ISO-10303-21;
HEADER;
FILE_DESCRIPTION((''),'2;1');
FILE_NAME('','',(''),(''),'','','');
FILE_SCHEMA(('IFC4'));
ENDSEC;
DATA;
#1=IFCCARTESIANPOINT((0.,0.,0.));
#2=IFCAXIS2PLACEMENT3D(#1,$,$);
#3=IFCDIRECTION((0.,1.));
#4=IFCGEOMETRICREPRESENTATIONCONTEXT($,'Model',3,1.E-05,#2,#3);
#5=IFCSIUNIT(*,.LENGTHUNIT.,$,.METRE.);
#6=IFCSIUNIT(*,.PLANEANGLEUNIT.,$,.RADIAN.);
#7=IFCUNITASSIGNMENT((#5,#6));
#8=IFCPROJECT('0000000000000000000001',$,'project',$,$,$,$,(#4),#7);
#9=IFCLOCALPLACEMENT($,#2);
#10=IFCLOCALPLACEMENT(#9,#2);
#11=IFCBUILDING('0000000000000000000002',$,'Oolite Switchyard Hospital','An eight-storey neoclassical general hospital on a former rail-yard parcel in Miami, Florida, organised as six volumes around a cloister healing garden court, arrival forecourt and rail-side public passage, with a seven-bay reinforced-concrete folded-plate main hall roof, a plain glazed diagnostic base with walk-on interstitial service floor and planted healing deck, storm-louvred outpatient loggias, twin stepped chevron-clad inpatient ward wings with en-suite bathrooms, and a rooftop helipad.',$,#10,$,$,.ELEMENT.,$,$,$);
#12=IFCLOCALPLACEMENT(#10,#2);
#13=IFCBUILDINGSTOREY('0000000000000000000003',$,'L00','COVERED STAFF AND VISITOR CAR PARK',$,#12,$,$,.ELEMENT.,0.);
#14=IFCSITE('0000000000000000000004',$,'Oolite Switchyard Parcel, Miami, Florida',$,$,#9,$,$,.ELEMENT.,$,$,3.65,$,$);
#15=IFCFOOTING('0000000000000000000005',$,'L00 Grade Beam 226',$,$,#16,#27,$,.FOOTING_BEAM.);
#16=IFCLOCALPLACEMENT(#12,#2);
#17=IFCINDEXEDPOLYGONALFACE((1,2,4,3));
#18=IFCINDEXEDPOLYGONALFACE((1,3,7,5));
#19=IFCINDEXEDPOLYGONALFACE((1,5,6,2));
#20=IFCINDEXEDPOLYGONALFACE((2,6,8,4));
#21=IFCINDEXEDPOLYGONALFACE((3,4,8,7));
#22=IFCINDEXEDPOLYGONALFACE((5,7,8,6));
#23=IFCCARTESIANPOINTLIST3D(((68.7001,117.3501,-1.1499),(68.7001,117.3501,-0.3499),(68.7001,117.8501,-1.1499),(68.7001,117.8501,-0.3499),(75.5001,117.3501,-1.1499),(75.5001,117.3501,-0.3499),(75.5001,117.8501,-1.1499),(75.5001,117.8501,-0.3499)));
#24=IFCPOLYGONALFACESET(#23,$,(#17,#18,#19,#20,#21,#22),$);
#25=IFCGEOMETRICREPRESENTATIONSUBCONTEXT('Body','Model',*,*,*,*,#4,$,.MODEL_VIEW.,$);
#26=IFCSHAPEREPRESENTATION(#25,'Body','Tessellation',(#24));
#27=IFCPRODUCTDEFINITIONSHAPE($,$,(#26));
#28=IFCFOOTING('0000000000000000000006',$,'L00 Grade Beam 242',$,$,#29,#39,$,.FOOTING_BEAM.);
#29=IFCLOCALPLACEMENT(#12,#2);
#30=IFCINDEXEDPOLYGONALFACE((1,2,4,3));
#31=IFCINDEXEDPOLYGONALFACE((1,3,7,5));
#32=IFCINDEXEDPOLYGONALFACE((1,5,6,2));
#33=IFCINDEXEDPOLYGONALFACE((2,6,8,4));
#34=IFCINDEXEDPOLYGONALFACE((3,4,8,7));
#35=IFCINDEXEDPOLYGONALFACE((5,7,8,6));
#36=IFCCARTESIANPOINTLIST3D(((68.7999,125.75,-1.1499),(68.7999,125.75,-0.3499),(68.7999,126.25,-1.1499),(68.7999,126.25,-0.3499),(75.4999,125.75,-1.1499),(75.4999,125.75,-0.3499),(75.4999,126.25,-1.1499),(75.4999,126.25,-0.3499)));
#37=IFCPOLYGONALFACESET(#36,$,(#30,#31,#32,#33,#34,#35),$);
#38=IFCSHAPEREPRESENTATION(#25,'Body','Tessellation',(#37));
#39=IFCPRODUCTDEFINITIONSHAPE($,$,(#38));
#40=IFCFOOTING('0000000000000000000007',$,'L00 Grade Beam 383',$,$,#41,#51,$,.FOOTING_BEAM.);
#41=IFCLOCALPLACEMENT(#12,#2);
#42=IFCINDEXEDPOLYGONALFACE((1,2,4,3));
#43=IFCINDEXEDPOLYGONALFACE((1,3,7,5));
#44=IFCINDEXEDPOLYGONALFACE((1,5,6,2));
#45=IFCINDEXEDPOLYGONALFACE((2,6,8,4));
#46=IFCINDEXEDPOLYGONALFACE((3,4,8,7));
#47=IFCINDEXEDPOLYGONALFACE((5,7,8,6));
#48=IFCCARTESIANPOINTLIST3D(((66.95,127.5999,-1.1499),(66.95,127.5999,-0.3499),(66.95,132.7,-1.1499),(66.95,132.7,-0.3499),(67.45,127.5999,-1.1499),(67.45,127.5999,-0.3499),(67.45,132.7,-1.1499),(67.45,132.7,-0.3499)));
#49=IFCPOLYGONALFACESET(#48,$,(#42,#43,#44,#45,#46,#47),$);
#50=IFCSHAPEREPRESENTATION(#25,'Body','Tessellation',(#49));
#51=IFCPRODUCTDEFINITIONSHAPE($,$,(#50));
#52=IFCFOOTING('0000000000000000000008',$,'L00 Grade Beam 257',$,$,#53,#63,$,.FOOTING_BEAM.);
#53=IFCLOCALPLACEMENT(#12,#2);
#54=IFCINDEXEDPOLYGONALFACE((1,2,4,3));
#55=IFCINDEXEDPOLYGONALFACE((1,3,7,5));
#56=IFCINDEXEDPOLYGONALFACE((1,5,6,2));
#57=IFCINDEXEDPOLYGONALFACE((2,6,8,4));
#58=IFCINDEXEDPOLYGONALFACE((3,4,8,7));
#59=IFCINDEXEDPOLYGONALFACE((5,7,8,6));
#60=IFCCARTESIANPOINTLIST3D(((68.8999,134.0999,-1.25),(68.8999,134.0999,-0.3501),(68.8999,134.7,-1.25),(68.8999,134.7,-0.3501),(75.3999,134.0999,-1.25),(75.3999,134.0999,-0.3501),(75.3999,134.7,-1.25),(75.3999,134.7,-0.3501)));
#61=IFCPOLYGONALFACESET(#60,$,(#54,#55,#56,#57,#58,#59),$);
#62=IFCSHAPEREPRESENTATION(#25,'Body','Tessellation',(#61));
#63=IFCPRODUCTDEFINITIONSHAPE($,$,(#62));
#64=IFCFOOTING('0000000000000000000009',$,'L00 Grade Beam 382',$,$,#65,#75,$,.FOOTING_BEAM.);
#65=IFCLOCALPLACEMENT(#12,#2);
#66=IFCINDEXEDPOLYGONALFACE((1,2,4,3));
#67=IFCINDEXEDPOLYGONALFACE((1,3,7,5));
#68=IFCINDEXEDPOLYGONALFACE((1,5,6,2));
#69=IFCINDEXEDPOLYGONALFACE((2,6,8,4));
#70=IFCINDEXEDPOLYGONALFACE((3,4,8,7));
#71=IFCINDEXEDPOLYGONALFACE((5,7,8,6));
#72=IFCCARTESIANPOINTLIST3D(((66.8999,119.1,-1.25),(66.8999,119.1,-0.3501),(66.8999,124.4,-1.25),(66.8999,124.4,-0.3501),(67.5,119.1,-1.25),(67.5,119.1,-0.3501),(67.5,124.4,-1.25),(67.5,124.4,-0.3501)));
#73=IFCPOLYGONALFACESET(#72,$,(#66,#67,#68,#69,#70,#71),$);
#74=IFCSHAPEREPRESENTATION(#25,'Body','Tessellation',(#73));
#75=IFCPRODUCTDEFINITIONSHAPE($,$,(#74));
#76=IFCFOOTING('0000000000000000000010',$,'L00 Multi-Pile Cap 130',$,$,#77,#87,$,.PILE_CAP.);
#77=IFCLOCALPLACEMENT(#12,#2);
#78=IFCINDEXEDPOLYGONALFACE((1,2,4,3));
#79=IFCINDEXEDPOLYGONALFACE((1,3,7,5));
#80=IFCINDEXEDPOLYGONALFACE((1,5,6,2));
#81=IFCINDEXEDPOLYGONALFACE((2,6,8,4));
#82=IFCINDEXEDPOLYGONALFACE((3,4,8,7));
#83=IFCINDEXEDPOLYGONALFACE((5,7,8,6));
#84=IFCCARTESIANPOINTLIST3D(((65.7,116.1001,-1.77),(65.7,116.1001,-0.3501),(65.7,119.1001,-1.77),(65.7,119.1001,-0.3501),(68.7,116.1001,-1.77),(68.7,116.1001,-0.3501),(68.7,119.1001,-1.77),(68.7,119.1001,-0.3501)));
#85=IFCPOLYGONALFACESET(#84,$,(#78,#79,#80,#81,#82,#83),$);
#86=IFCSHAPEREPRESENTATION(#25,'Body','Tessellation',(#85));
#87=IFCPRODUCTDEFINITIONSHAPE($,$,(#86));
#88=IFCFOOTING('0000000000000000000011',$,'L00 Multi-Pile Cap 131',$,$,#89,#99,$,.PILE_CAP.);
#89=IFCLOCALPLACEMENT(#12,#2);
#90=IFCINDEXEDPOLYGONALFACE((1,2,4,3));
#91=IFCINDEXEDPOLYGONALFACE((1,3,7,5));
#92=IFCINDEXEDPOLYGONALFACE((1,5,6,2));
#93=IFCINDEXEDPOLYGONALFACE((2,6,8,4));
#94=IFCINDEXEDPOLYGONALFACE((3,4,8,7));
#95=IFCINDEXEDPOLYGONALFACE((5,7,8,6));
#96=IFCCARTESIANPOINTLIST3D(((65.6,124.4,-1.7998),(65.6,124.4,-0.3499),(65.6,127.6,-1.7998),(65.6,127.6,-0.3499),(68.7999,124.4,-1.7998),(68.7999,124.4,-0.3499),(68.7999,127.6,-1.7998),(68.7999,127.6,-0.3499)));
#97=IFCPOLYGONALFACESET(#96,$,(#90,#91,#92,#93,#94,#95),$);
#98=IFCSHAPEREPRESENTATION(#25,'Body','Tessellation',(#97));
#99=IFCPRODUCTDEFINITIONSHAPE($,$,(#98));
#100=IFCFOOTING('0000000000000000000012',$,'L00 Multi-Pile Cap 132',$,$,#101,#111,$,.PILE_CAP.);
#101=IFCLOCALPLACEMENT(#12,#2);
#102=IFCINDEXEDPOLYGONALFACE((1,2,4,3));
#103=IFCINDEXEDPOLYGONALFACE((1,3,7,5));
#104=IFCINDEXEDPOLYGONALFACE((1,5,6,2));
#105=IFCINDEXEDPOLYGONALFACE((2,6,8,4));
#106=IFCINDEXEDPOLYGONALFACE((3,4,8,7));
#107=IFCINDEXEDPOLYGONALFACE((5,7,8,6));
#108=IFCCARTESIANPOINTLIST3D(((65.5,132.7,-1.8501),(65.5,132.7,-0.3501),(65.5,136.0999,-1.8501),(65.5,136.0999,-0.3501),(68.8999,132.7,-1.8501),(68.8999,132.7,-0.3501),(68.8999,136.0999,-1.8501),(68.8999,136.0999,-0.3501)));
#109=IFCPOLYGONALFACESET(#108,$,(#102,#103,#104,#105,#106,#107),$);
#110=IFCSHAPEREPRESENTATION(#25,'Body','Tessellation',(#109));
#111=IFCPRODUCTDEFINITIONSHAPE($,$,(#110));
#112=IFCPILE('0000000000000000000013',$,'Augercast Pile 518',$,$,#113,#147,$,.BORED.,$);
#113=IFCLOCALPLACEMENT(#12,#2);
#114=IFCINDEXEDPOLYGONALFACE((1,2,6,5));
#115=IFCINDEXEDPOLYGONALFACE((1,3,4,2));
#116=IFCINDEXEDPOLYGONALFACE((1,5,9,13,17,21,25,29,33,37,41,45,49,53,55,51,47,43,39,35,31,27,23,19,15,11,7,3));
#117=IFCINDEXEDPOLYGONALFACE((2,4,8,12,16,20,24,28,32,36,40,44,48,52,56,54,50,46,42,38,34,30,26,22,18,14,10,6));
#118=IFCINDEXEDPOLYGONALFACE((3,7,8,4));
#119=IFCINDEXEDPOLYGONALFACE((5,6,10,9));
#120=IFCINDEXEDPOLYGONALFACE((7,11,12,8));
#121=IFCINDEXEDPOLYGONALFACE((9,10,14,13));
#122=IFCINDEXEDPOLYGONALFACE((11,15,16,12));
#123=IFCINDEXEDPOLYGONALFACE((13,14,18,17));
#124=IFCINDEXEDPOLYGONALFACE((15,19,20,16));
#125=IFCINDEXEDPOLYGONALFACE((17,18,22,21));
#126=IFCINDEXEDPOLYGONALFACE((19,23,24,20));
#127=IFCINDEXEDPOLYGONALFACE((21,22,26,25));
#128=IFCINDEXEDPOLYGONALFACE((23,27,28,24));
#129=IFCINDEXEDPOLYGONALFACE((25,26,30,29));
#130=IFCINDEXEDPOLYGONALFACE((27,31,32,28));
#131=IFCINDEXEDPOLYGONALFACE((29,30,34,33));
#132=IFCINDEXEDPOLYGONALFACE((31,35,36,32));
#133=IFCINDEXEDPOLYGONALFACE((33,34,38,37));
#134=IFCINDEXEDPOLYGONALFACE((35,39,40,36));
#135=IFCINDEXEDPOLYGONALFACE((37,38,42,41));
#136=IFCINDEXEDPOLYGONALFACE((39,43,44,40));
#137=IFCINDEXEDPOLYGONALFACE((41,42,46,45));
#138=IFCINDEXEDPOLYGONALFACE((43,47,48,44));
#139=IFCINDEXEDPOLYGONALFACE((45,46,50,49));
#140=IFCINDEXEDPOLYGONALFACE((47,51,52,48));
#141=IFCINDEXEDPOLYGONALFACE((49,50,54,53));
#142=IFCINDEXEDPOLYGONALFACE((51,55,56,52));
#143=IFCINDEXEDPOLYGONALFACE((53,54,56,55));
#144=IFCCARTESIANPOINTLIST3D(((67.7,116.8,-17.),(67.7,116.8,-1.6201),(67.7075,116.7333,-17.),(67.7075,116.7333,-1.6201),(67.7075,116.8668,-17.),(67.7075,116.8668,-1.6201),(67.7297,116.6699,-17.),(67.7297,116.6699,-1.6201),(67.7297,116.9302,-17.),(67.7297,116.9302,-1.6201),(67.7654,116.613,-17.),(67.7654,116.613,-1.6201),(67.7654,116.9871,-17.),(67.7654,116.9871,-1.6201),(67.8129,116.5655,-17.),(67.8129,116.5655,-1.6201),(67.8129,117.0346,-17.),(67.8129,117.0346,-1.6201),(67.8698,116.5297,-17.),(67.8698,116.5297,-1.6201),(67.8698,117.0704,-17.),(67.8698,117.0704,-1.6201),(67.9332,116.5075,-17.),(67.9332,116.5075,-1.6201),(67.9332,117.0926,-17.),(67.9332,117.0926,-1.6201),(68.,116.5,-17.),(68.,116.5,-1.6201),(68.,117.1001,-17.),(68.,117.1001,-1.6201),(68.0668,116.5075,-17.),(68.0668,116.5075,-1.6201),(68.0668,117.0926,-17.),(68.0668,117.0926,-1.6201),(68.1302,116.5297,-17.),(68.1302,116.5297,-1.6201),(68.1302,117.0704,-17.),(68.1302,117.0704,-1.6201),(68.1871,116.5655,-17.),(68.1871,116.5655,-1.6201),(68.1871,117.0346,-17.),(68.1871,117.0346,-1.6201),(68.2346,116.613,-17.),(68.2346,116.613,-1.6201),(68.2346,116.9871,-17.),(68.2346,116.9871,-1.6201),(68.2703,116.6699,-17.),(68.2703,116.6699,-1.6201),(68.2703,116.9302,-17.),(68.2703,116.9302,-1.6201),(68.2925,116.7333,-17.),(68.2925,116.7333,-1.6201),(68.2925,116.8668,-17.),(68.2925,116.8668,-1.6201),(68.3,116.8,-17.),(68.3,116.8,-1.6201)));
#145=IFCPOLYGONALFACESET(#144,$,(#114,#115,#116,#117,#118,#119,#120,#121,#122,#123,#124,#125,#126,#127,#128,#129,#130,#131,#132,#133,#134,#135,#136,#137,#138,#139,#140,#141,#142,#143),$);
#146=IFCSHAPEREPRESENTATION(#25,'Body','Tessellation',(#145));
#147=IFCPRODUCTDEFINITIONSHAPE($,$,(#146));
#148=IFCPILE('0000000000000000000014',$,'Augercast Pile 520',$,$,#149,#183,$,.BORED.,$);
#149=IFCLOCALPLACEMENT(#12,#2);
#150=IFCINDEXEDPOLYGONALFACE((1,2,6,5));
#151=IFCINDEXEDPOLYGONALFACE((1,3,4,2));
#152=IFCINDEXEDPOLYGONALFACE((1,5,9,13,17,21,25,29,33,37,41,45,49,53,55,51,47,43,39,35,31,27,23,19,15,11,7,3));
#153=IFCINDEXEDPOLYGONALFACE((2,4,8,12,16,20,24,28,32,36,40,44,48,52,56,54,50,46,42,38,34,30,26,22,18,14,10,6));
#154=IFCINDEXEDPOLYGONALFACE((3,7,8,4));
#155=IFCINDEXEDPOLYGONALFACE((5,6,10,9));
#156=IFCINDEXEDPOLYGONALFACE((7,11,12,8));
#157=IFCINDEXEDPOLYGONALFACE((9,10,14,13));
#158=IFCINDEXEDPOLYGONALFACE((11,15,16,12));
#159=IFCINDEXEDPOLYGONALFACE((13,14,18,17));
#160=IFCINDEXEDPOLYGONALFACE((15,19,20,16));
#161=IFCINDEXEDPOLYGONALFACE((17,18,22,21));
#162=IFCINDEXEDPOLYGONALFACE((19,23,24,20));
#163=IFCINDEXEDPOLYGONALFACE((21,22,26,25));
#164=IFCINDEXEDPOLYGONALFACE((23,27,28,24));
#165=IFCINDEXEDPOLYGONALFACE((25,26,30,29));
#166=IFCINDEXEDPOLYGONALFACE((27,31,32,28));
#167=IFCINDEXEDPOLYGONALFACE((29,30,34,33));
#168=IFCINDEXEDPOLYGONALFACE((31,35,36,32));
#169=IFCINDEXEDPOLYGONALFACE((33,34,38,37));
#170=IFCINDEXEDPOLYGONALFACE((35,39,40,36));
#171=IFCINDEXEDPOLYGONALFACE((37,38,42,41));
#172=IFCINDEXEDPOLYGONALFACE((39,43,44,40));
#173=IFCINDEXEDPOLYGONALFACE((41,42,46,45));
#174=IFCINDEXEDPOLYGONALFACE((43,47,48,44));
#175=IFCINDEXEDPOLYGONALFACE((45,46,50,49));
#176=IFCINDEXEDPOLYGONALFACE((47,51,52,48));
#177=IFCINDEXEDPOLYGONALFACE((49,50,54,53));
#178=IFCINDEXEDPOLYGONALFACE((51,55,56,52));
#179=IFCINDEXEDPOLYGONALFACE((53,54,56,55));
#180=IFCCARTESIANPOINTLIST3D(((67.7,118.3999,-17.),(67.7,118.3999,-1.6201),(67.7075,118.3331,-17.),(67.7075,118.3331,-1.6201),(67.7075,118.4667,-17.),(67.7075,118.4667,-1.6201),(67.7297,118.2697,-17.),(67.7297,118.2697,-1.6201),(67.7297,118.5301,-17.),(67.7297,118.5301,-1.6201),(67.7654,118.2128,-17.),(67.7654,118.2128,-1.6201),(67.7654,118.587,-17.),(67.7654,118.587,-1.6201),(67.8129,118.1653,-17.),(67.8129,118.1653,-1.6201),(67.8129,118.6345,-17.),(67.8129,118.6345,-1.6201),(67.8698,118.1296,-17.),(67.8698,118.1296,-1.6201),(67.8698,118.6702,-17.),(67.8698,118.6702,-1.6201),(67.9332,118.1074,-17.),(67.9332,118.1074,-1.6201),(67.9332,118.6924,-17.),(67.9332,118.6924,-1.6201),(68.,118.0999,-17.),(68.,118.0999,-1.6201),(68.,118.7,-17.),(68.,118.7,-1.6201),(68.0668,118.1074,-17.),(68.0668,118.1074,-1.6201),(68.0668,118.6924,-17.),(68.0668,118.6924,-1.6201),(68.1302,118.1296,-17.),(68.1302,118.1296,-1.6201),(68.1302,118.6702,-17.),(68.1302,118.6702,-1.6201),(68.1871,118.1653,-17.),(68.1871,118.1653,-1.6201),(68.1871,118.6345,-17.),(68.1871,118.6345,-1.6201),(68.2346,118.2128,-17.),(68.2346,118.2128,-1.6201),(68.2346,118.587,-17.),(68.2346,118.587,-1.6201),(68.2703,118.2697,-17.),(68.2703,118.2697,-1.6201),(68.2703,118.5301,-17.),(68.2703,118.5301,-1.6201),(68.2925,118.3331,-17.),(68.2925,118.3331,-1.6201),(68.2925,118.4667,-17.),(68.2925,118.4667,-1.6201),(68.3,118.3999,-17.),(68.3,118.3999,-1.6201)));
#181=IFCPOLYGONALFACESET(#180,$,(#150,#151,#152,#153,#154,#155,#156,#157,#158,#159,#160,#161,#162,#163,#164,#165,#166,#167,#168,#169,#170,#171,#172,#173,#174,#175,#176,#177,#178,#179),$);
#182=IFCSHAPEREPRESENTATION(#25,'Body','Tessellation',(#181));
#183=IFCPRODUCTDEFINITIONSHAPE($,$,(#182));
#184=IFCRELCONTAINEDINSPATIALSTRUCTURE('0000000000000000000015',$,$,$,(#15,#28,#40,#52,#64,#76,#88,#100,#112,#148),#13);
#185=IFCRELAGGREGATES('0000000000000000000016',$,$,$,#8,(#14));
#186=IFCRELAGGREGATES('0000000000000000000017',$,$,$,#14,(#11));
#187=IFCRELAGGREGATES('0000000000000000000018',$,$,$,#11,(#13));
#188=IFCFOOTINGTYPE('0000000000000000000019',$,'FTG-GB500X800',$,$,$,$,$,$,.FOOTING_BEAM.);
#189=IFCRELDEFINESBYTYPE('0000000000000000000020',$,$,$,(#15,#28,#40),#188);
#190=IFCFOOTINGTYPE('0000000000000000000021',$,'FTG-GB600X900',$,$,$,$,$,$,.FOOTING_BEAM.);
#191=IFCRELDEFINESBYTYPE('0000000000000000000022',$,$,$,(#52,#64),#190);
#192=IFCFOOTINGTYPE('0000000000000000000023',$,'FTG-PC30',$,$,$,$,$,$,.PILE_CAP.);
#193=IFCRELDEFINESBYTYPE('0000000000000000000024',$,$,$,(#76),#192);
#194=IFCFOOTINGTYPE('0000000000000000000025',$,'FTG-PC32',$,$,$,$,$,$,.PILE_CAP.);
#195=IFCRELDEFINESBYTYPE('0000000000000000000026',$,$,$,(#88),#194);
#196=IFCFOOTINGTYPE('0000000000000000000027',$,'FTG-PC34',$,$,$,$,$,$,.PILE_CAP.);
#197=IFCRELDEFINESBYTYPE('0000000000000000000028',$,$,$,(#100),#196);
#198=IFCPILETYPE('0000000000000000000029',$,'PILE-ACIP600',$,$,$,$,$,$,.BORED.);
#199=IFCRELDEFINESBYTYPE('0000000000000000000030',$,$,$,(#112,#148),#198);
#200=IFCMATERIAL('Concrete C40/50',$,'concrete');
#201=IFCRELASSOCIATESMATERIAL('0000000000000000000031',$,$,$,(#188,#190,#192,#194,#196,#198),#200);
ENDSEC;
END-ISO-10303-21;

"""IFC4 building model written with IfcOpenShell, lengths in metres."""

from ifc_helpers import new_model, si_unit, direction, frame, origin, origin_2d, place, context, subcontext, project, spatial, rectangle, circle, extrude, material, material_profile, profile_set, type_object, element, save


model = new_model("IFC4")

# Units and contexts
model_context = context("Model", 3, precision=1e-05, world=origin(), true_north=direction((0.0, 1.0)))
body_context = subcontext(model_context, "Body", "Model", "MODEL_VIEW")
ifc_project = project(units=[si_unit("LENGTHUNIT", "METRE"), si_unit("PLANEANGLEUNIT", "RADIAN")], contexts=[model_context])

# Site, building, storey
site_placement = place(None, origin())
site = spatial("IfcSite", under=ifc_project, at=site_placement, Name="Oolite Switchyard Parcel, Miami, Florida", CompositionType="ELEMENT", RefElevation=3.65)
building_placement = place(site_placement, origin())
building = spatial("IfcBuilding", under=site, at=building_placement, Name="Oolite Switchyard Hospital", Description="An eight-storey neoclassical general hospital on a former rail-yard parcel in Miami, Florida, organised as six volumes around a cloister healing garden court, arrival forecourt and rail-side public passage, with a seven-bay reinforced-concrete folded-plate main hall roof, a plain glazed diagnostic base with walk-on interstitial service floor and planted healing deck, storm-louvred outpatient loggias, twin stepped chevron-clad inpatient ward wings with en-suite bathrooms, and a rooftop helipad.", CompositionType="ELEMENT")
storey_placement = place(building_placement, origin())
storey = spatial("IfcBuildingStorey", under=building, at=storey_placement, Name="L00", Description="COVERED STAFF AND VISITOR CAR PARK", CompositionType="ELEMENT", Elevation=0.0)

# Footings
ifc_material_1 = material(Name="Concrete C40/50", Category="concrete")
footing_type_1 = type_object("IfcFootingType", Name="FTG-GB500X800", PredefinedType="FOOTING_BEAM", material=ifc_material_1)
footing_1_placement = place(storey_placement, frame((72.1001, 117.6001, -1.1499), z_axis=(0.0, 0.0, 1.0), x_axis=(1.0, 0.0, 0.0)))
element("IfcFooting", 1, at=footing_1_placement, inside=storey, type_object=footing_type_1, Name="L00 Grade Beam 226", PredefinedType="FOOTING_BEAM", context=body_context, shape_type="SweptSolid", body=[
    extrude(rectangle(XDim=6.8, YDim=0.5, at=origin_2d()), origin(), (0.0, 0.0, 1.0), 0.8),
])
footing_2_placement = place(storey_placement, frame((72.1499, 126.0, -1.1499), z_axis=(0.0, 0.0, 1.0), x_axis=(1.0, 0.0, 0.0)))
element("IfcFooting", 2, at=footing_2_placement, inside=storey, type_object=footing_type_1, Name="L00 Grade Beam 242", PredefinedType="FOOTING_BEAM", context=body_context, shape_type="SweptSolid", body=[
    extrude(rectangle(XDim=6.7, YDim=0.5, at=origin_2d()), origin(), (0.0, 0.0, 1.0), 0.8),
])
footing_3_placement = place(storey_placement, frame((67.2, 130.1499, -1.1499), z_axis=(0.0, 0.0, 1.0), x_axis=(0.0, 1.0, 0.0)))
element("IfcFooting", 3, at=footing_3_placement, inside=storey, type_object=footing_type_1, Name="L00 Grade Beam 383", PredefinedType="FOOTING_BEAM", context=body_context, shape_type="SweptSolid", body=[
    extrude(rectangle(XDim=5.1001, YDim=0.5, at=origin_2d()), origin(), (0.0, 0.0, 1.0), 0.8),
])
footing_type_2 = type_object("IfcFootingType", Name="FTG-GB600X900", PredefinedType="FOOTING_BEAM", material=ifc_material_1)
footing_4_placement = place(storey_placement, frame((72.1499, 134.3999, -1.25), z_axis=(0.0, 0.0, 1.0), x_axis=(1.0, 0.0, 0.0)))
element("IfcFooting", 4, at=footing_4_placement, inside=storey, type_object=footing_type_2, Name="L00 Grade Beam 257", PredefinedType="FOOTING_BEAM", context=body_context, shape_type="SweptSolid", body=[
    extrude(rectangle(XDim=6.5, YDim=0.6001, at=origin_2d()), origin(), (0.0, 0.0, 1.0), 0.8999),
])
footing_5_placement = place(storey_placement, frame((67.2, 121.75, -1.25), z_axis=(0.0, 0.0, 1.0), x_axis=(0.0, 1.0, 0.0)))
element("IfcFooting", 5, at=footing_5_placement, inside=storey, type_object=footing_type_2, Name="L00 Grade Beam 382", PredefinedType="FOOTING_BEAM", context=body_context, shape_type="SweptSolid", body=[
    extrude(rectangle(XDim=5.3, YDim=0.6001, at=origin_2d()), origin(), (0.0, 0.0, 1.0), 0.8999),
])
footing_type_3 = type_object("IfcFootingType", Name="FTG-PC30", PredefinedType="PILE_CAP", material=ifc_material_1)
footing_6_placement = place(storey_placement, frame((67.2, 117.6001, -1.77), z_axis=(0.0, 0.0, 1.0), x_axis=(1.0, 0.0, 0.0)))
element("IfcFooting", 6, at=footing_6_placement, inside=storey, type_object=footing_type_3, Name="L00 Multi-Pile Cap 130", PredefinedType="PILE_CAP", context=body_context, shape_type="SweptSolid", body=[
    extrude(rectangle(XDim=3.0, YDim=3.0, at=origin_2d()), origin(), (0.0, 0.0, 1.0), 1.4199),
])
footing_type_4 = type_object("IfcFootingType", Name="FTG-PC32", PredefinedType="PILE_CAP", material=ifc_material_1)
footing_7_placement = place(storey_placement, frame((67.2, 126.0, -1.7998), z_axis=(0.0, 0.0, 1.0), x_axis=(1.0, 0.0, 0.0)))
element("IfcFooting", 7, at=footing_7_placement, inside=storey, type_object=footing_type_4, Name="L00 Multi-Pile Cap 131", PredefinedType="PILE_CAP", context=body_context, shape_type="SweptSolid", body=[
    extrude(rectangle(XDim=3.2, YDim=3.2, at=origin_2d()), origin(), (0.0, 0.0, 1.0), 1.45),
])
footing_type_5 = type_object("IfcFootingType", Name="FTG-PC34", PredefinedType="PILE_CAP", material=ifc_material_1)
footing_8_placement = place(storey_placement, frame((67.2, 134.3999, -1.8501), z_axis=(0.0, 0.0, 1.0), x_axis=(1.0, 0.0, 0.0)))
element("IfcFooting", 8, at=footing_8_placement, inside=storey, type_object=footing_type_5, Name="L00 Multi-Pile Cap 132", PredefinedType="PILE_CAP", context=body_context, shape_type="SweptSolid", body=[
    extrude(rectangle(XDim=3.3999, YDim=3.3999, at=origin_2d()), origin(), (0.0, 0.0, 1.0), 1.5),
])

# Piles
ifc_material_profile_1 = material_profile(ifc_material_1, circle(Radius=0.3, at=origin_2d()), Name="PILE600")
ifc_profile_set_1 = profile_set([ifc_material_profile_1], Name="Concrete C40/50")
pile_type = type_object("IfcPileType", Name="PILE-ACIP600", PredefinedType="BORED", material=ifc_profile_set_1)
for number, where, z_axis, x_axis, name in (
    (9, (68.0, 116.8, -1.6201), (0.0, 0.0, -1.0), (1.0, 0.0, 0.0), "Augercast Pile 518"),
    (10, (68.0, 118.3999, -1.6201), (0.0, 0.0, -1.0), (1.0, 0.0, 0.0), "Augercast Pile 520"),
):
    element("IfcPile", number, at=place(storey_placement, frame(where, z_axis=z_axis, x_axis=x_axis)), inside=storey, type_object=pile_type, Name=name, PredefinedType="BORED", context=body_context, shape_type="SweptSolid", body=[
        extrude(circle(Radius=0.3, at=origin_2d()), origin(), (0.0, 0.0, 1.0), 15.3799),
    ])

save(model, "model.ifc")
